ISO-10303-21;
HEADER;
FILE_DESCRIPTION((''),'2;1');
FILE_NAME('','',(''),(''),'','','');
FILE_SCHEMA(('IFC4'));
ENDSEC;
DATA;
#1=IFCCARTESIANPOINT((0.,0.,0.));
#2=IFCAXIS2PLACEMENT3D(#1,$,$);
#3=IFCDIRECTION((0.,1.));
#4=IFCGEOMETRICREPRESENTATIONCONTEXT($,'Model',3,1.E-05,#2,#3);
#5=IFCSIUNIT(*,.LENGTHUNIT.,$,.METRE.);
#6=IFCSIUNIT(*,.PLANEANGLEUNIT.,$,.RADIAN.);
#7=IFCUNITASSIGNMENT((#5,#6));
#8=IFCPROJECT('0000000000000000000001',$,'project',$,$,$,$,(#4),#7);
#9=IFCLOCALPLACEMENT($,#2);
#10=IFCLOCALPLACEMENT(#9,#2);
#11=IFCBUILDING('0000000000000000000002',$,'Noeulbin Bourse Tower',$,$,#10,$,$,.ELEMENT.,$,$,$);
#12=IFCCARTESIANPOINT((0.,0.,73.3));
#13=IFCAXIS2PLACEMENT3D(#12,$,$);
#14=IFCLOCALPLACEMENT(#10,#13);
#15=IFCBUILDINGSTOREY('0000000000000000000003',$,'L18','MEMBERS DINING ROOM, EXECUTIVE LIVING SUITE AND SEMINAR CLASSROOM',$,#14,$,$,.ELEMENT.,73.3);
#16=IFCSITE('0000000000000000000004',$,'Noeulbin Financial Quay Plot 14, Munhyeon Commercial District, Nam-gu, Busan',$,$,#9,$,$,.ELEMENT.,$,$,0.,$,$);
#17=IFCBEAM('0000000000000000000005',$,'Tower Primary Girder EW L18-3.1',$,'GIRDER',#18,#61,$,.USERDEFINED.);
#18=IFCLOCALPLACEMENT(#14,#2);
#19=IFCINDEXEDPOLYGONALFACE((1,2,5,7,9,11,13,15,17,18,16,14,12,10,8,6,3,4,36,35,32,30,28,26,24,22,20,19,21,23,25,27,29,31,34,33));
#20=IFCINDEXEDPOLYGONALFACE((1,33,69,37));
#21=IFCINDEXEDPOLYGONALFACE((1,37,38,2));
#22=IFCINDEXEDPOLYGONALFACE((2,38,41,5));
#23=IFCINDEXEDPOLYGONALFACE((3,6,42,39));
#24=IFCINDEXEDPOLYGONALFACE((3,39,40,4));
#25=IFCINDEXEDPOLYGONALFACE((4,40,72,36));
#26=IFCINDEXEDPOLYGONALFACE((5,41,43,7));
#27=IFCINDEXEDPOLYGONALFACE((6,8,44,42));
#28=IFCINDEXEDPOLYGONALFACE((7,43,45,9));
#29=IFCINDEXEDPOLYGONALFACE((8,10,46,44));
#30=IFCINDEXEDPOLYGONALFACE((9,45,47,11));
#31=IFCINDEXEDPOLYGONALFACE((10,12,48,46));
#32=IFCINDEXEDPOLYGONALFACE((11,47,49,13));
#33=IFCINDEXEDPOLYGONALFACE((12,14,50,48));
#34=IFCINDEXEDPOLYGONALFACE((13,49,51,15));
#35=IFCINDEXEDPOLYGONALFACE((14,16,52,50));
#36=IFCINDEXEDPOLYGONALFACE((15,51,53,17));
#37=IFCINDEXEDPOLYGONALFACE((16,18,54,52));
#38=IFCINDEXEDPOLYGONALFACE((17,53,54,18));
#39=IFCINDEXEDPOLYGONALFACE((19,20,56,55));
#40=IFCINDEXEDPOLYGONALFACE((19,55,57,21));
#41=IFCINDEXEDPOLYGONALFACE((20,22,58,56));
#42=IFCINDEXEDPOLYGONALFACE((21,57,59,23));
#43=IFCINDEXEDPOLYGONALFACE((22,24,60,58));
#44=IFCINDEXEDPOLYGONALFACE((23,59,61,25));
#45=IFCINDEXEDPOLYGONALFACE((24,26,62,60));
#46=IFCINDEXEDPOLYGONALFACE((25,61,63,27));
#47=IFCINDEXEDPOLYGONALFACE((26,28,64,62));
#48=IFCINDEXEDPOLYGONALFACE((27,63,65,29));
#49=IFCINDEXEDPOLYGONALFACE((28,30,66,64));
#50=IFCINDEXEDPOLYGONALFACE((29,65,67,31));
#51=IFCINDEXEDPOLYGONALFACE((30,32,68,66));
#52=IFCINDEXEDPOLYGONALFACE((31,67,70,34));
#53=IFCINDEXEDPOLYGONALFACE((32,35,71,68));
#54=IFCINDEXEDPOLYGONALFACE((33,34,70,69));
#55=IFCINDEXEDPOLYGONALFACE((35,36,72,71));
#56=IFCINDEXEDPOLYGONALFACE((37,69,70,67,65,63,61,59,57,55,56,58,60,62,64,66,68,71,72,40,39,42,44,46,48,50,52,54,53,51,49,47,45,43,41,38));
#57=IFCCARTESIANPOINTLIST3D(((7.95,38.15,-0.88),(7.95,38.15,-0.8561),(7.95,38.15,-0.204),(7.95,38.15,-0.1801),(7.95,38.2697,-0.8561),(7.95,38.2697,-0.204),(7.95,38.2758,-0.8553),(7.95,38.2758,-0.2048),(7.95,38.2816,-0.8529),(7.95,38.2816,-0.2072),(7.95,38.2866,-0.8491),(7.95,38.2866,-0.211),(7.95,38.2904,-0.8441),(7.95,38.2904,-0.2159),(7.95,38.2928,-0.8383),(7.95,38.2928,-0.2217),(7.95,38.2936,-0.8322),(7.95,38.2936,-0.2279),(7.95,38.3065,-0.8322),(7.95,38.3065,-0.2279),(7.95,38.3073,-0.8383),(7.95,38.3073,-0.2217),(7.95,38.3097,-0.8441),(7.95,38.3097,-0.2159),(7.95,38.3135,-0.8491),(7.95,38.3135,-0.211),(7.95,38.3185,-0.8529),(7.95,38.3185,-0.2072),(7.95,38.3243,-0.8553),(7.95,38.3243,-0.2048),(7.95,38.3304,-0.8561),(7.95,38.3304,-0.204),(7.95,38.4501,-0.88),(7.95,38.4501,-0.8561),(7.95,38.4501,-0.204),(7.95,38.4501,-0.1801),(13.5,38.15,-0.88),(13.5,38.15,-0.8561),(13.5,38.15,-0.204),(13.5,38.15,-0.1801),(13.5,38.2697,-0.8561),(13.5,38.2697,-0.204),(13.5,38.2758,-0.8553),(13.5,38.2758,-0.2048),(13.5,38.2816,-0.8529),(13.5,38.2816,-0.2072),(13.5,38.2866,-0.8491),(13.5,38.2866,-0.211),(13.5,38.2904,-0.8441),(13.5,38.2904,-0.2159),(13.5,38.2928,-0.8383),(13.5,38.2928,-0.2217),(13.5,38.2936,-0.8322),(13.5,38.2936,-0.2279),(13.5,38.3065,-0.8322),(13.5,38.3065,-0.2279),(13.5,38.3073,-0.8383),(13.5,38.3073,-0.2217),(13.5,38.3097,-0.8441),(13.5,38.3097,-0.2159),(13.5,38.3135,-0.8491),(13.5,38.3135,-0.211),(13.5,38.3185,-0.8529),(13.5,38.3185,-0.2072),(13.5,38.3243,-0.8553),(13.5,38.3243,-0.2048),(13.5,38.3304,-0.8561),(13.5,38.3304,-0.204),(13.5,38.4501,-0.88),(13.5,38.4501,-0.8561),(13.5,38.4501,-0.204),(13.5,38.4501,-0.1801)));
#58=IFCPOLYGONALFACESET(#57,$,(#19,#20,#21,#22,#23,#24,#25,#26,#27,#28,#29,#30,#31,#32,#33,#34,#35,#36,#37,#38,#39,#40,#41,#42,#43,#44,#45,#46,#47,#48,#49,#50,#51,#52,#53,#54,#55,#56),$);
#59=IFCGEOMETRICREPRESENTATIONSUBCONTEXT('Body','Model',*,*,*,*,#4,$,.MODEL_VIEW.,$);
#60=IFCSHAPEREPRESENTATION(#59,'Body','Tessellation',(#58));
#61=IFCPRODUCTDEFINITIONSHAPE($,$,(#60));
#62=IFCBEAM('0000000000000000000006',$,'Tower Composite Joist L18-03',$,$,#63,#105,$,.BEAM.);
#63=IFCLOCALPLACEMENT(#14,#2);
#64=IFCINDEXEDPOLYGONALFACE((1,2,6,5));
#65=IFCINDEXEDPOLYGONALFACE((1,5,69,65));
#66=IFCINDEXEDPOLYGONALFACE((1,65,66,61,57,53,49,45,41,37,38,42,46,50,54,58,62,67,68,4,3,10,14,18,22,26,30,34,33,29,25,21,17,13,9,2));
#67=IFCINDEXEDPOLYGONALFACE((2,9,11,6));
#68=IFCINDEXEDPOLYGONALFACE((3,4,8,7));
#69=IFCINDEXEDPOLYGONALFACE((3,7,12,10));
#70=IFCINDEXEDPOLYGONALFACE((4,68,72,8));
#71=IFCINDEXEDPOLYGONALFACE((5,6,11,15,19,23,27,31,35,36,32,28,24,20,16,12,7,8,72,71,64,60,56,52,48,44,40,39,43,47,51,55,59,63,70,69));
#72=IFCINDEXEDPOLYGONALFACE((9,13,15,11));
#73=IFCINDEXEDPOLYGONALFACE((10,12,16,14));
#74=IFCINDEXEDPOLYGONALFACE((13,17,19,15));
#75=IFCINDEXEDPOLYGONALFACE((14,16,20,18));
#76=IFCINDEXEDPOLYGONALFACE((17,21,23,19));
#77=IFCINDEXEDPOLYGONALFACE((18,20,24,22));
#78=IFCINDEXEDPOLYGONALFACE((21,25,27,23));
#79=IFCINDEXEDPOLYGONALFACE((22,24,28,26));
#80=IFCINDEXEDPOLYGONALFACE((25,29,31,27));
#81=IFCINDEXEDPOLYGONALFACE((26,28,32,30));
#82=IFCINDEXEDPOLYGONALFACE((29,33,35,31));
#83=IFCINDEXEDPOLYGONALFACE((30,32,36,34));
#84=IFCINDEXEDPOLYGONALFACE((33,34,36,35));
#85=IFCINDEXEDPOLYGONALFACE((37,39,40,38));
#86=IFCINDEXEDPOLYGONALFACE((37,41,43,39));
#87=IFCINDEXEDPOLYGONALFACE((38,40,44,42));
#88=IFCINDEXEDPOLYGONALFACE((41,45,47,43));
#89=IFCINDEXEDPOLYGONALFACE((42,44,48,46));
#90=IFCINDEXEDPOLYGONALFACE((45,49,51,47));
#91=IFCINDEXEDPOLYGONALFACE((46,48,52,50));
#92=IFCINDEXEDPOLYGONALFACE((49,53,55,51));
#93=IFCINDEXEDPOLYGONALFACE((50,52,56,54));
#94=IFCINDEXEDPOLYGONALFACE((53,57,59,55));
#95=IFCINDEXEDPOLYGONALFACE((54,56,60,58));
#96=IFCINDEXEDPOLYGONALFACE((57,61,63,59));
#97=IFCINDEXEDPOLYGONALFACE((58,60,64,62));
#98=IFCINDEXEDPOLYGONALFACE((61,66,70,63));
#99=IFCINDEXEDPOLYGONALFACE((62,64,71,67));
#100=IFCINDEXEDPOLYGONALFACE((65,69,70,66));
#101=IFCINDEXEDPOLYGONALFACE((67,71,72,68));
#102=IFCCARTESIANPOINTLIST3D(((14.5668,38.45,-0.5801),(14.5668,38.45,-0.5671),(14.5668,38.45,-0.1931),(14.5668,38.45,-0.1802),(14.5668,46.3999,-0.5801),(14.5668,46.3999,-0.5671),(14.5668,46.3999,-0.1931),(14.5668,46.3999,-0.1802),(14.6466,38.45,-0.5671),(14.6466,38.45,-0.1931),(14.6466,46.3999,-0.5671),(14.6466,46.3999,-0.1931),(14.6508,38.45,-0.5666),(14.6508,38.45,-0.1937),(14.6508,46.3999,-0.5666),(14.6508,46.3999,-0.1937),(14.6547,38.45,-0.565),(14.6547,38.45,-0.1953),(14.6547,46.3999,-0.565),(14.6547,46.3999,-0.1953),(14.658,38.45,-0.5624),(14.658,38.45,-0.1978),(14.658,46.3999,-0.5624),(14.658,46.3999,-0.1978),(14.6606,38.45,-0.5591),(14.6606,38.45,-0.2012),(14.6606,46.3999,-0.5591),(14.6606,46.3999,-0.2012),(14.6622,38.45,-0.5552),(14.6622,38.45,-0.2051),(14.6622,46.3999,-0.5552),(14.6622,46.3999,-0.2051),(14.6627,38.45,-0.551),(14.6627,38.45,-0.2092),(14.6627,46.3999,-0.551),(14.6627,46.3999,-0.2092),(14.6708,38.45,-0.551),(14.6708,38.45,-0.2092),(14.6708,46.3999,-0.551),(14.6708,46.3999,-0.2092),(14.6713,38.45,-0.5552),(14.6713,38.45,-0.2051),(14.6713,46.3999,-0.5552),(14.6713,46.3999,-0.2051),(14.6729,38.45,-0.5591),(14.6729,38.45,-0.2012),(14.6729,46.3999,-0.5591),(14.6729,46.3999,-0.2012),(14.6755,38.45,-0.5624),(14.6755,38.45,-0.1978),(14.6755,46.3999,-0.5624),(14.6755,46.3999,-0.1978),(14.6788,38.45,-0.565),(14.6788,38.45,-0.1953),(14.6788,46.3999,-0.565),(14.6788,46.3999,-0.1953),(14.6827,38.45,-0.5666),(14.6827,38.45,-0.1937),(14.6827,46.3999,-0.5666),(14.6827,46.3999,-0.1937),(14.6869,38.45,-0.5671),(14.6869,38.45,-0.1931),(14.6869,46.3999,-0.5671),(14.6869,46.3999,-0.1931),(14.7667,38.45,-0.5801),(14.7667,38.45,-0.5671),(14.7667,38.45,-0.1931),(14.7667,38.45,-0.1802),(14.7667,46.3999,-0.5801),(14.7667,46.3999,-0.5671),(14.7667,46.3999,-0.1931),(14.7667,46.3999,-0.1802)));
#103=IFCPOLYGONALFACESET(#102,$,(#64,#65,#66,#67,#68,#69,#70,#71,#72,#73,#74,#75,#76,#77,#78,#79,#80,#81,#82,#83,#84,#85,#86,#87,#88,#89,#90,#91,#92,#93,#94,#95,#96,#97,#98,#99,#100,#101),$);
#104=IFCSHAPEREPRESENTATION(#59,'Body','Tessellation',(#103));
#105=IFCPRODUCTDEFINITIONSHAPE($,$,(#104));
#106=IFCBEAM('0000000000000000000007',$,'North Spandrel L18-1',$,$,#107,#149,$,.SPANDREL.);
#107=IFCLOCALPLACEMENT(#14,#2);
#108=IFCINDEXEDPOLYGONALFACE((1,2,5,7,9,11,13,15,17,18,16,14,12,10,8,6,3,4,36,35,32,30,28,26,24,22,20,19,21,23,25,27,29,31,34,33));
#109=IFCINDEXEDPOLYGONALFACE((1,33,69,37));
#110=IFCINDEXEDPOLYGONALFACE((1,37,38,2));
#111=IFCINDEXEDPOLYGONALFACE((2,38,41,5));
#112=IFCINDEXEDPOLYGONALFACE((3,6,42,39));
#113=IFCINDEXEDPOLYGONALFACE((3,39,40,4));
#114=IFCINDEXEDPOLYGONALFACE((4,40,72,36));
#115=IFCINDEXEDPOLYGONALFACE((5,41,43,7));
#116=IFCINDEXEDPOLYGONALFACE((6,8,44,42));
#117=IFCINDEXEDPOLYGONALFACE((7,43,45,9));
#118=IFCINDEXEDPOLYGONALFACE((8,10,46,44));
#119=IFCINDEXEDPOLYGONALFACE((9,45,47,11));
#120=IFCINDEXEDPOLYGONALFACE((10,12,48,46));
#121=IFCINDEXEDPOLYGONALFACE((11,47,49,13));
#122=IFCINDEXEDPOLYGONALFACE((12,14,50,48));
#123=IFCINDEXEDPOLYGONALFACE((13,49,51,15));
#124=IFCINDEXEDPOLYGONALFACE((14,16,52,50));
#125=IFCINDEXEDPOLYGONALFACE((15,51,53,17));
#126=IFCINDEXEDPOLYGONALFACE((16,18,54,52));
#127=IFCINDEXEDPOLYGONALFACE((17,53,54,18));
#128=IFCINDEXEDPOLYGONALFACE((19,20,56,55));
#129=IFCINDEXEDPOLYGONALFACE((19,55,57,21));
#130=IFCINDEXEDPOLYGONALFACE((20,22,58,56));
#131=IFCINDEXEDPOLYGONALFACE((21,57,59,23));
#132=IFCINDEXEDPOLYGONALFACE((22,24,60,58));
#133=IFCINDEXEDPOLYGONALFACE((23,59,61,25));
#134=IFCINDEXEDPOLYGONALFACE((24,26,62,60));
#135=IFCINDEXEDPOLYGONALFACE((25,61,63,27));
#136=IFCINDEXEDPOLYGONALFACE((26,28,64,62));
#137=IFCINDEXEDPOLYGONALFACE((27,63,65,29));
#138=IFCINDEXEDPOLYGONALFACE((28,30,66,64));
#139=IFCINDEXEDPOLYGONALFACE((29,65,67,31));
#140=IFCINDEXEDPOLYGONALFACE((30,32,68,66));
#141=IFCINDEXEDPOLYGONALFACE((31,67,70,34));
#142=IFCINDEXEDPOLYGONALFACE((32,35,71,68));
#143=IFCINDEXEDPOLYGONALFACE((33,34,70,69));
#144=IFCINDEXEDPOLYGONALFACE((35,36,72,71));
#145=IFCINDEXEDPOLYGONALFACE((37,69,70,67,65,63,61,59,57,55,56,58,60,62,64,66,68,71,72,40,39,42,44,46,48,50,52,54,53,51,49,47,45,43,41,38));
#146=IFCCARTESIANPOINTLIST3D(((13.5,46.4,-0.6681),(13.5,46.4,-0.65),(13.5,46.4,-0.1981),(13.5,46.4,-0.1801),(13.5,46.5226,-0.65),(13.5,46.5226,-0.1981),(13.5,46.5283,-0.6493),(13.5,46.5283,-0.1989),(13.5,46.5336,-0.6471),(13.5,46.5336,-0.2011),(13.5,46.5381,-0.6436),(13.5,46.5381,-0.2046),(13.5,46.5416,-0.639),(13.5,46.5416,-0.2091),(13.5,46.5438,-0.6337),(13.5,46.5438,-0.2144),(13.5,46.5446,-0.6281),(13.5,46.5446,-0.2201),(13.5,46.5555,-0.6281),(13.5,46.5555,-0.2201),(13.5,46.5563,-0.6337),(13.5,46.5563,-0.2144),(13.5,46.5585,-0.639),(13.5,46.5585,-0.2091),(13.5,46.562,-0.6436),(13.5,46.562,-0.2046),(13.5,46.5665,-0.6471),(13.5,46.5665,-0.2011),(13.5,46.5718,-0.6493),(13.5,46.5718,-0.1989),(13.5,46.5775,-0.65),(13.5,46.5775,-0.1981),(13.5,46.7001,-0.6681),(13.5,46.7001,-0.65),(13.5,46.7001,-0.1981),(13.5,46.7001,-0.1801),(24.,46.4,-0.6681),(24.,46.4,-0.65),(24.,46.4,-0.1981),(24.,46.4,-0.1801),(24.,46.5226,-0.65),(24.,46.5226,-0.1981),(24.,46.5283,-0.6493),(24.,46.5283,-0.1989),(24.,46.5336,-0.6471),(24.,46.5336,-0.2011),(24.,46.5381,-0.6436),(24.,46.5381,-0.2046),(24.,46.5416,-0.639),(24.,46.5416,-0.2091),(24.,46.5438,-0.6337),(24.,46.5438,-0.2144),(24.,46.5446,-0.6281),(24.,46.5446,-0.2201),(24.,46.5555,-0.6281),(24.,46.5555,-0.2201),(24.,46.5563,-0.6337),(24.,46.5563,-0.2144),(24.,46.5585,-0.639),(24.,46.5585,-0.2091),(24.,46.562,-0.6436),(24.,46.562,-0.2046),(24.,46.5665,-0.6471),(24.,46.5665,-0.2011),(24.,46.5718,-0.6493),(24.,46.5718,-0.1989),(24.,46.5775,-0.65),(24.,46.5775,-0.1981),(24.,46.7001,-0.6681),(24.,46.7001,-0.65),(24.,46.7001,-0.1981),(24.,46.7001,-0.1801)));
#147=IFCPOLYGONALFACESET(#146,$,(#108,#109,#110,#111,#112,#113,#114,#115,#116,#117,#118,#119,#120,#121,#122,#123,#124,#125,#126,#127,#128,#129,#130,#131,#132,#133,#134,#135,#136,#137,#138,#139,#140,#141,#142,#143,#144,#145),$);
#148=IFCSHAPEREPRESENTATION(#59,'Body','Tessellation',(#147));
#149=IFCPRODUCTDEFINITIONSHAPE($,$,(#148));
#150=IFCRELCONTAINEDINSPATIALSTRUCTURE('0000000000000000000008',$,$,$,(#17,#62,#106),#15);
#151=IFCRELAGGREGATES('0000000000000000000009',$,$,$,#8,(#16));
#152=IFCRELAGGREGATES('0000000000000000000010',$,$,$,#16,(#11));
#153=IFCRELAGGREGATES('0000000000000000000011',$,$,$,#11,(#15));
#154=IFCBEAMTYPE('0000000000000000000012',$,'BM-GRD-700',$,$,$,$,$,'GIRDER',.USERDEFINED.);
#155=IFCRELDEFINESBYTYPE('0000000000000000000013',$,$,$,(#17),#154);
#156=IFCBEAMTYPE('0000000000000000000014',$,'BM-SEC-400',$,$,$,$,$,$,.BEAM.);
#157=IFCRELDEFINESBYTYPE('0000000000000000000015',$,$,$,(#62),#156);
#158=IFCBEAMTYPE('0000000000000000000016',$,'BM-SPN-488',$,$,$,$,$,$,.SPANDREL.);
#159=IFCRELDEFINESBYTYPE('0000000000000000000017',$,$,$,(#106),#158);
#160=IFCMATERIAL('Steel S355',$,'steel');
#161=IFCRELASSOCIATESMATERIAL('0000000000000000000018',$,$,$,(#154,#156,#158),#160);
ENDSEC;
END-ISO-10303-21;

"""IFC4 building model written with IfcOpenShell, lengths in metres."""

from ifc_helpers import new_model, si_unit, direction, frame, origin, origin_2d, place, context, subcontext, project, spatial, i_section, extrude, material, material_profile, profile_set, type_object, element, save


model = new_model("IFC4")

# Units and contexts
model_context = context("Model", 3, precision=1e-05, world=origin(), true_north=direction((0.0, 1.0)))
body_context = subcontext(model_context, "Body", "Model", "MODEL_VIEW")
ifc_project = project(units=[si_unit("LENGTHUNIT", "METRE"), si_unit("PLANEANGLEUNIT", "RADIAN")], contexts=[model_context])

# Site, building, storey
site_placement = place(None, origin())
site = spatial("IfcSite", under=ifc_project, at=site_placement, Name="Noeulbin Financial Quay Plot 14, Munhyeon Commercial District, Nam-gu, Busan", CompositionType="ELEMENT", RefElevation=0.0)
building_placement = place(site_placement, origin())
building = spatial("IfcBuilding", under=site, at=building_placement, Name="Noeulbin Bourse Tower", CompositionType="ELEMENT")
storey_placement = place(building_placement, frame((0.0, 0.0, 73.3)))
storey = spatial("IfcBuildingStorey", under=building, at=storey_placement, Name="L18", Description="MEMBERS DINING ROOM, EXECUTIVE LIVING SUITE AND SEMINAR CLASSROOM", CompositionType="ELEMENT", Elevation=73.3)

# Beams
ifc_material_1 = material(Name="Steel S355", Category="steel")
ifc_material_profile_1 = material_profile(ifc_material_1, i_section(OverallWidth=0.3, OverallDepth=0.7, WebThickness=0.0129, FlangeThickness=0.0239, FilletRadius=0.0239, at=origin_2d()), Name="H-700x300x13x24", Category="LoadBearing")
ifc_profile_set_1 = profile_set([ifc_material_profile_1], Name="Steel S355")
beam_type_1 = type_object("IfcBeamType", Name="BM-GRD-700", ElementType="GIRDER", PredefinedType="USERDEFINED", material=ifc_profile_set_1)
beam_1_placement = place(storey_placement, frame((7.95, 38.3, -0.53), z_axis=(1.0, 0.0, 0.0), x_axis=(0.0, 1.0, 0.0)))
element("IfcBeam", 1, at=beam_1_placement, inside=storey, type_object=beam_type_1, Name="Tower Primary Girder EW L18-3.1", ObjectType="GIRDER", PredefinedType="USERDEFINED", context=body_context, shape_type="SweptSolid", body=[
    extrude(i_section(OverallWidth=0.3, OverallDepth=0.7, WebThickness=0.0129, FlangeThickness=0.0239, FilletRadius=0.0239, at=origin_2d()), origin(), (0.0, 0.0, 1.0), 5.55),
])
ifc_material_profile_2 = material_profile(ifc_material_1, i_section(OverallWidth=0.2, OverallDepth=0.3999, WebThickness=0.0081, FlangeThickness=0.0129, FilletRadius=0.0161, at=origin_2d()), Name="H-400x200x8x13", Category="LoadBearing")
ifc_profile_set_2 = profile_set([ifc_material_profile_2], Name="Steel S355")
beam_type_2 = type_object("IfcBeamType", Name="BM-SEC-400", PredefinedType="BEAM", material=ifc_profile_set_2)
beam_2_placement = place(storey_placement, frame((14.6667, 38.45, -0.3801), z_axis=(0.0, 1.0, 0.0), x_axis=(-1.0, 0.0, 0.0)))
element("IfcBeam", 2, at=beam_2_placement, inside=storey, type_object=beam_type_2, Name="Tower Composite Joist L18-03", PredefinedType="BEAM", context=body_context, shape_type="SweptSolid", body=[
    extrude(i_section(OverallWidth=0.2, OverallDepth=0.3999, WebThickness=0.0081, FlangeThickness=0.0129, FilletRadius=0.0161, at=origin_2d()), origin(), (0.0, 0.0, 1.0), 7.95),
])
ifc_material_profile_3 = material_profile(ifc_material_1, i_section(OverallWidth=0.3, OverallDepth=0.488, WebThickness=0.011, FlangeThickness=0.0181, FilletRadius=0.022, at=origin_2d()), Name="H-488x300x11x18", Category="LoadBearing")
ifc_profile_set_3 = profile_set([ifc_material_profile_3], Name="Steel S355")
beam_type_3 = type_object("IfcBeamType", Name="BM-SPN-488", PredefinedType="SPANDREL", material=ifc_profile_set_3)
beam_3_placement = place(storey_placement, frame((13.5, 46.55, -0.4241), z_axis=(1.0, 0.0, 0.0), x_axis=(0.0, 1.0, 0.0)))
element("IfcBeam", 3, at=beam_3_placement, inside=storey, type_object=beam_type_3, Name="North Spandrel L18-1", PredefinedType="SPANDREL", context=body_context, shape_type="SweptSolid", body=[
    extrude(i_section(OverallWidth=0.3, OverallDepth=0.488, WebThickness=0.011, FlangeThickness=0.0181, FilletRadius=0.022, at=origin_2d()), origin(), (0.0, 0.0, 1.0), 10.5),
])

save(model, "model.ifc")
